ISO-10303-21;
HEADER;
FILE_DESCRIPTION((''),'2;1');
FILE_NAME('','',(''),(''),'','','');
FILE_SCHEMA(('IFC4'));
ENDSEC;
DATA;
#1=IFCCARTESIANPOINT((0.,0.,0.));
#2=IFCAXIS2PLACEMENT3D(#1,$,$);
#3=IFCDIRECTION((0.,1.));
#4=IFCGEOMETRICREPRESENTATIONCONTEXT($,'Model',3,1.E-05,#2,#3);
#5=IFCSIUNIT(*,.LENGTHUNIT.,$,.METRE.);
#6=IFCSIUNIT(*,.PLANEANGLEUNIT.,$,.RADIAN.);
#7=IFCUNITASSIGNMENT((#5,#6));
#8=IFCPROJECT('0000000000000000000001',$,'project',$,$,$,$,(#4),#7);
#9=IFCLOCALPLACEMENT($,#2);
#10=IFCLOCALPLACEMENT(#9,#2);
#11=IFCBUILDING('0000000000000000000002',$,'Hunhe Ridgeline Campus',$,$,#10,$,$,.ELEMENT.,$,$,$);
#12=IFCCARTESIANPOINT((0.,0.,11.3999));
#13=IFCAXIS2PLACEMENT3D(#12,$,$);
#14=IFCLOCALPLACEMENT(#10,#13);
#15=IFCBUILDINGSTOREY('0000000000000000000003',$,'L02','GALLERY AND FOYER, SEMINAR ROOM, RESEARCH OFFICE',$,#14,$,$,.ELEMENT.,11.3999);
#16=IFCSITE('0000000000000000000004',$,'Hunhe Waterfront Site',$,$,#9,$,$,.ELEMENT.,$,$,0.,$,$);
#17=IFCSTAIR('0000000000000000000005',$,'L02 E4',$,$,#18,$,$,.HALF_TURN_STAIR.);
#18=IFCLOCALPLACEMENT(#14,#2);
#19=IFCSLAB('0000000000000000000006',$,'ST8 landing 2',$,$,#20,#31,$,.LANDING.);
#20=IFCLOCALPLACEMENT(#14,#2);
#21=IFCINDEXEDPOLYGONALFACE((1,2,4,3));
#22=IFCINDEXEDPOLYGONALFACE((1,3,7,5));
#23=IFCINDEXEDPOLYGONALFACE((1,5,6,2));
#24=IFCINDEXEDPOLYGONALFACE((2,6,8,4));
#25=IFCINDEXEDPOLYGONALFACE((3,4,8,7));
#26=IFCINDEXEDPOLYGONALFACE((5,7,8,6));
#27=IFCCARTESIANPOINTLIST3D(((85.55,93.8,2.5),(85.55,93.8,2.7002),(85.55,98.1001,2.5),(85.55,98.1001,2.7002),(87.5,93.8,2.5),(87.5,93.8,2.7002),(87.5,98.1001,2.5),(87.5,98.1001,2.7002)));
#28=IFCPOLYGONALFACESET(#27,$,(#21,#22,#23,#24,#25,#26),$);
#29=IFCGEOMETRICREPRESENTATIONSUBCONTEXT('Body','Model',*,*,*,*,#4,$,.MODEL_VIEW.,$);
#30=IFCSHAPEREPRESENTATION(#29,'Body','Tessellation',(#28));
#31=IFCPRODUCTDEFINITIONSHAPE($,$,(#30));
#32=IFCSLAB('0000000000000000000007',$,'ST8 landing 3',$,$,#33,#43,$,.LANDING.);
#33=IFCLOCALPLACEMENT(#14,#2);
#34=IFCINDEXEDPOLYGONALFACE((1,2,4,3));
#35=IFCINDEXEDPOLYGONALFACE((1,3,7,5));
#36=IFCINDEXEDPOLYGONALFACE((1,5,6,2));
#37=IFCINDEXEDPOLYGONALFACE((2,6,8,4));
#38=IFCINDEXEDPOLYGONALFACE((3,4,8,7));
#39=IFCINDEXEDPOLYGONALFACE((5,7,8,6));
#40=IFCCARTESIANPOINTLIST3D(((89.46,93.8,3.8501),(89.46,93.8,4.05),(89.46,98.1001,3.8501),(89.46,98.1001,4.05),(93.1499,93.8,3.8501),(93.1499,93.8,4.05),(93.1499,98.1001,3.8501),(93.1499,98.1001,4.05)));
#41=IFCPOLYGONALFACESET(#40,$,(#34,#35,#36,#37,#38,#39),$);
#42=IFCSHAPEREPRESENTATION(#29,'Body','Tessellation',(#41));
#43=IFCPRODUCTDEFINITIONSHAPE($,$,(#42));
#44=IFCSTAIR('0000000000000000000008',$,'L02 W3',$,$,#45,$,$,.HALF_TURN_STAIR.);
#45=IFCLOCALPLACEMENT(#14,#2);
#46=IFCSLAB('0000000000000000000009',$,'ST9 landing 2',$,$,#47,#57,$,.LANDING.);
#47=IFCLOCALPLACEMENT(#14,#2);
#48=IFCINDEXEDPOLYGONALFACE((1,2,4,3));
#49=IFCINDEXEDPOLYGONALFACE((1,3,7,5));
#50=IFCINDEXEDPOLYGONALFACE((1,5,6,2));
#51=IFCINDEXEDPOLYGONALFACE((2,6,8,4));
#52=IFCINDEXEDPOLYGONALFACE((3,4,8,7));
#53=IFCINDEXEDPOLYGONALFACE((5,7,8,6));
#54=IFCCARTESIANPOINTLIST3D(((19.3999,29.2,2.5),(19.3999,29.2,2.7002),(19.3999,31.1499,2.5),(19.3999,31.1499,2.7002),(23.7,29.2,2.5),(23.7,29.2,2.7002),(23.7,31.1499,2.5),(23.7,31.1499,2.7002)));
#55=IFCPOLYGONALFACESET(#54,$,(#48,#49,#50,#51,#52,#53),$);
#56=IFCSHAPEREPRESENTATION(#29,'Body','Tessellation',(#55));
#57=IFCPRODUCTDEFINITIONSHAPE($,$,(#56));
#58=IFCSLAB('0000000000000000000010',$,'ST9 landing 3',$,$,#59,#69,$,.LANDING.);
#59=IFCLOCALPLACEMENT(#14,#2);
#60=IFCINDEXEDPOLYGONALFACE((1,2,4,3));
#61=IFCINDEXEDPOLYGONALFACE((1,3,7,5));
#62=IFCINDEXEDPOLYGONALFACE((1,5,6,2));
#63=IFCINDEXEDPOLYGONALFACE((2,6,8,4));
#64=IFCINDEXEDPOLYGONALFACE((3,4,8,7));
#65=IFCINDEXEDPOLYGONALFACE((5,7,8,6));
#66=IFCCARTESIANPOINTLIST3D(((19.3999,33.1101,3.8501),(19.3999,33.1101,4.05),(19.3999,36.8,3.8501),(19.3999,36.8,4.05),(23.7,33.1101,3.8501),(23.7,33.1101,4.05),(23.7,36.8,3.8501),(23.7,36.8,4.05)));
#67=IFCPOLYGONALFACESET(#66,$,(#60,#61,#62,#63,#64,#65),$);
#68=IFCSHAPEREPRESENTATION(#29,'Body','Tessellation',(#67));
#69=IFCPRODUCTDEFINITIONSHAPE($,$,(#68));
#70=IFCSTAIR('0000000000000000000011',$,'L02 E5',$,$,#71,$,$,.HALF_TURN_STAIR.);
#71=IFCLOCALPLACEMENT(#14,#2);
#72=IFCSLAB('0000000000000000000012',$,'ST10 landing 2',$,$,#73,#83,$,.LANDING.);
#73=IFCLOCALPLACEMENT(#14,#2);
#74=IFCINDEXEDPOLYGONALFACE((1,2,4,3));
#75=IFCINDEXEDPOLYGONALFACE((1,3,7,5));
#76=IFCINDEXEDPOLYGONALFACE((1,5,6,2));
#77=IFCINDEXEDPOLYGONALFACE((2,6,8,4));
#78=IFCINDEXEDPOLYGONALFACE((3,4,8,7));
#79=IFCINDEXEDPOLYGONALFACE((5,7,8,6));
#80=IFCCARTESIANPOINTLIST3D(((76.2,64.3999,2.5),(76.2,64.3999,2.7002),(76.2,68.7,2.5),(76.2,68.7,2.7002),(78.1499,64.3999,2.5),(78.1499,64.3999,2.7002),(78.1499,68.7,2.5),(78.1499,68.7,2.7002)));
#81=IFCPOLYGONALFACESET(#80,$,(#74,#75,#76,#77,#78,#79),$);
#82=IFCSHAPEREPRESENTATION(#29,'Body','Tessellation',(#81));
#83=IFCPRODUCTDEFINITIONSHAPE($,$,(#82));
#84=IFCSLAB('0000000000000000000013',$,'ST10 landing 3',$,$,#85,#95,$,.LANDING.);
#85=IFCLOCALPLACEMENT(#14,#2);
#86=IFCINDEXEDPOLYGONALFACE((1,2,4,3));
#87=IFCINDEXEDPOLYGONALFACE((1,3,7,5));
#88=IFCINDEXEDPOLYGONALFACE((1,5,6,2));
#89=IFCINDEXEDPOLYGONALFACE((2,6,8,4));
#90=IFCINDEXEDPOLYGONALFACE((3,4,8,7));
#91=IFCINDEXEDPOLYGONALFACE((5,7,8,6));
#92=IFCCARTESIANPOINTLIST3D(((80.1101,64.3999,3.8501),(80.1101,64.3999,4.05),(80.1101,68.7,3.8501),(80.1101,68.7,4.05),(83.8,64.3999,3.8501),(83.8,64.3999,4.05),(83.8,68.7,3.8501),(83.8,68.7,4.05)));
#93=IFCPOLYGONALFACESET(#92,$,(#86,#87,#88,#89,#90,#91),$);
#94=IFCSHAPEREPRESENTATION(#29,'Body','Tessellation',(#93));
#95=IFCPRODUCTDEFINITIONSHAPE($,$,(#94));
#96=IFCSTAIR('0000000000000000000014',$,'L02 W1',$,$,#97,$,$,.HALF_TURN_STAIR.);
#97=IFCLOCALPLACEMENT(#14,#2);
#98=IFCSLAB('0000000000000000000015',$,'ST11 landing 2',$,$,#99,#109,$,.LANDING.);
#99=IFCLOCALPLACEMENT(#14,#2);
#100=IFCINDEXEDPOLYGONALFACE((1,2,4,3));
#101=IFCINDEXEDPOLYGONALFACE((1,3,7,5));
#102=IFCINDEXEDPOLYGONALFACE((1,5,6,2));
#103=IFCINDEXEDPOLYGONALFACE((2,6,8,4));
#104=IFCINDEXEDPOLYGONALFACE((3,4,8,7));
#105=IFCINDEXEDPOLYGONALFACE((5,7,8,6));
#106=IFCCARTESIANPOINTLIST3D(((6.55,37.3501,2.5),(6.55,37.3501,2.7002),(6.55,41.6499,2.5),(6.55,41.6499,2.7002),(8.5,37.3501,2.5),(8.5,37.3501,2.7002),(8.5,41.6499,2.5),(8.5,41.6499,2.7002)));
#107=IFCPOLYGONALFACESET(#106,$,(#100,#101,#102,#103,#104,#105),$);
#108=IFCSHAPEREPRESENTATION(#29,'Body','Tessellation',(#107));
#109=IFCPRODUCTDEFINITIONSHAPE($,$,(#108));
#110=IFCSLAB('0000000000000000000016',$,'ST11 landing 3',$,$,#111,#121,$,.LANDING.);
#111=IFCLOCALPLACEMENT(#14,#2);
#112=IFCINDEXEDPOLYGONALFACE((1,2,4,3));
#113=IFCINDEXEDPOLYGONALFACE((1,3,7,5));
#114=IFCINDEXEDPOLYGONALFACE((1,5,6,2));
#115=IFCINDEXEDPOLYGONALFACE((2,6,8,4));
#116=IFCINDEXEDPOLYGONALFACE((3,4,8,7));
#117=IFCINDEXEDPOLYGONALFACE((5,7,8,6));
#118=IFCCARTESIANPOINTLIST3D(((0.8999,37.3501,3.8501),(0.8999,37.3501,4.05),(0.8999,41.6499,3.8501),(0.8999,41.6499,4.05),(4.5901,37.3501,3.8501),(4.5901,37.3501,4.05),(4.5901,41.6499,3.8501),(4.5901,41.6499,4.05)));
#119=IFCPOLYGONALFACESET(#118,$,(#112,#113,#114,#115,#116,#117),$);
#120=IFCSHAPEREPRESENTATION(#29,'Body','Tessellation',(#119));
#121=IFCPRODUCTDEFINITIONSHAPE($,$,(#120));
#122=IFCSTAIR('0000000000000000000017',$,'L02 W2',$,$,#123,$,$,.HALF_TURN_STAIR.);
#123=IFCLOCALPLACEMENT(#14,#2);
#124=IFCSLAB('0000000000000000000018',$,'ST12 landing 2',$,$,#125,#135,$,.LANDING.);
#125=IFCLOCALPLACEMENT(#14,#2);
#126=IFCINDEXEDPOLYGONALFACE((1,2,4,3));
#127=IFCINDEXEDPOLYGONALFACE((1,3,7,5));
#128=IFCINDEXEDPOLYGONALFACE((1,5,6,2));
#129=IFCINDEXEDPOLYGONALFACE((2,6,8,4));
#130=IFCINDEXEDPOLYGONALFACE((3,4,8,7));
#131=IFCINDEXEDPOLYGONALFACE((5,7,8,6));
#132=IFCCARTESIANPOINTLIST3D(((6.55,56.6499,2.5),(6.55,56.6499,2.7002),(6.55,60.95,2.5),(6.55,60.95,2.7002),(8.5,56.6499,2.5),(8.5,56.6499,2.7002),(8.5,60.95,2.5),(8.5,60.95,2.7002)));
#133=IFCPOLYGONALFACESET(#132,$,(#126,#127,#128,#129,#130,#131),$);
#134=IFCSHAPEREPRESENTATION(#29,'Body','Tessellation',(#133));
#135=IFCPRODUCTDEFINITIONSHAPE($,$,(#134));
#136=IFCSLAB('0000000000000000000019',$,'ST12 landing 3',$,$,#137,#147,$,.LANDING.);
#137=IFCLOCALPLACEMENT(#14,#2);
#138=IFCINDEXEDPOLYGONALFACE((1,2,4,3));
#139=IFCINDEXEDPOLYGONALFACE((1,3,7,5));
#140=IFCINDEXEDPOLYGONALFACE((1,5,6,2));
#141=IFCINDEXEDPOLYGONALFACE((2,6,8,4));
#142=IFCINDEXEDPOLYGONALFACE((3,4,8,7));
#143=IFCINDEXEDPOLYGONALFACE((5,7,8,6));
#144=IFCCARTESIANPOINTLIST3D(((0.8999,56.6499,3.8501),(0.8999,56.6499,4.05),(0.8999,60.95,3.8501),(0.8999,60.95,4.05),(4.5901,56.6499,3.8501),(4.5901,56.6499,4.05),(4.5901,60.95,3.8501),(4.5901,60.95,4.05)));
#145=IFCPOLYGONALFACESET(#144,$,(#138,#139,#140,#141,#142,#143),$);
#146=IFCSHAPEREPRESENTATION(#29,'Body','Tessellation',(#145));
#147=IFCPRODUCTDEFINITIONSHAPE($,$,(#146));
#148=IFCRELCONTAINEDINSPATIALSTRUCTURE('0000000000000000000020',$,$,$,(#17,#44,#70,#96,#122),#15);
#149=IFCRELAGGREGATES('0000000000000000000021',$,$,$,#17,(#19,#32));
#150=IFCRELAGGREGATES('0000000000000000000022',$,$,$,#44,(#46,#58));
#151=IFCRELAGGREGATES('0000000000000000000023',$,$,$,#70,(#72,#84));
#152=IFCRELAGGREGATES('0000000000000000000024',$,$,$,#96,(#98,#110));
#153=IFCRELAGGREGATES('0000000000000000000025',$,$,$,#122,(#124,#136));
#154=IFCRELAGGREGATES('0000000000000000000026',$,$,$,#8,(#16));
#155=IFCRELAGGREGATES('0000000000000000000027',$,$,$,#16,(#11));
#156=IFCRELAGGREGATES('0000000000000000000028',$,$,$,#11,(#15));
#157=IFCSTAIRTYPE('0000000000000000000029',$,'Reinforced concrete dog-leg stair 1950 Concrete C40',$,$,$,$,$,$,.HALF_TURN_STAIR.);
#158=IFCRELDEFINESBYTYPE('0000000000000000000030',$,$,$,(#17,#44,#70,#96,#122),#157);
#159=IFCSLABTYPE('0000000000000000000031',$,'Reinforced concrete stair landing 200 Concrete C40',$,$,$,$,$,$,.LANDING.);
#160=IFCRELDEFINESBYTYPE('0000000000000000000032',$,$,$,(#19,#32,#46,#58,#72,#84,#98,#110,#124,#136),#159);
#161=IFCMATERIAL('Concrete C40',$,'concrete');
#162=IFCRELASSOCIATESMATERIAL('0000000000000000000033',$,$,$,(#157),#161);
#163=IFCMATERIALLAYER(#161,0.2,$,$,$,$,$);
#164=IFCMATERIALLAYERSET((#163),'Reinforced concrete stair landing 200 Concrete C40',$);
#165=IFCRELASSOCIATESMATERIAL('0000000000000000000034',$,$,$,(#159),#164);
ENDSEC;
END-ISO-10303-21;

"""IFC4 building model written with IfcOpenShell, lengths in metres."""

from ifc_helpers import new_model, si_unit, direction, frame, origin, place, context, subcontext, project, spatial, polyline, outline, extrude, material, layer, layer_set, type_object, element, aggregate, save


model = new_model("IFC4")

# Units and contexts
model_context = context("Model", 3, precision=1e-05, world=origin(), true_north=direction((0.0, 1.0)))
body_context = subcontext(model_context, "Body", "Model", "MODEL_VIEW")
ifc_project = project(units=[si_unit("LENGTHUNIT", "METRE"), si_unit("PLANEANGLEUNIT", "RADIAN")], contexts=[model_context])

# Site, building, storey
site_placement = place(None, origin())
site = spatial("IfcSite", under=ifc_project, at=site_placement, Name="Hunhe Waterfront Site", CompositionType="ELEMENT", RefElevation=0.0)
building_placement = place(site_placement, origin())
building = spatial("IfcBuilding", under=site, at=building_placement, Name="Hunhe Ridgeline Campus", CompositionType="ELEMENT")
storey_placement = place(building_placement, frame((0.0, 0.0, 11.3999)))
storey = spatial("IfcBuildingStorey", under=building, at=storey_placement, Name="L02", Description="GALLERY AND FOYER, SEMINAR ROOM, RESEARCH OFFICE", CompositionType="ELEMENT", Elevation=11.3999)

# Shared definitions
ifc_material = material(Name="Concrete C40", Category="concrete")

# Shared definitions
stair_type_1 = type_object("IfcStairType", Name="Reinforced concrete dog-leg stair 1950 Concrete C40", PredefinedType="HALF_TURN_STAIR", material=ifc_material)
ifc_layer_1 = layer(ifc_material, 0.2)
ifc_layer_set_1 = layer_set([ifc_layer_1], Name="Reinforced concrete stair landing 200 Concrete C40")
slab_type_1 = type_object("IfcSlabType", Name="Reinforced concrete stair landing 200 Concrete C40", PredefinedType="LANDING", material=ifc_layer_set_1)

# Stairs, slabs
stair_1_placement = place(storey_placement, origin())
stair_1 = element("IfcStair", 1, at=stair_1_placement, inside=storey, type_object=stair_type_1, Name="L02 E4", PredefinedType="HALF_TURN_STAIR")
slab_1_placement = place(storey_placement, frame((0.0, 0.0, 2.5)))
slab_1 = element("IfcSlab", 2, at=slab_1_placement, type_object=slab_type_1, Name="ST8 landing 2", PredefinedType="LANDING", context=body_context, shape_type="SweptSolid", body=[
    extrude(outline(polyline([(85.55, 93.8), (87.5, 93.8), (87.5, 98.1001), (85.55, 98.1001), (85.55, 93.8)])), origin(), (0.0, 0.0, 1.0), 0.2002),
])
slab_2_placement = place(storey_placement, frame((0.0, 0.0, 3.8501)))
slab_2 = element("IfcSlab", 3, at=slab_2_placement, type_object=slab_type_1, Name="ST8 landing 3", PredefinedType="LANDING", context=body_context, shape_type="SweptSolid", body=[
    extrude(outline(polyline([(89.46, 93.8), (93.1499, 93.8), (93.1499, 98.1001), (89.46, 98.1001), (89.46, 93.8)])), origin(), (0.0, 0.0, 1.0), 0.2),
])
aggregate(stair_1, [slab_1, slab_2])
stair_2_placement = place(storey_placement, origin())
stair_2 = element("IfcStair", 4, at=stair_2_placement, inside=storey, type_object=stair_type_1, Name="L02 W3", PredefinedType="HALF_TURN_STAIR")
slab_3_placement = place(storey_placement, frame((0.0, 0.0, 2.5)))
slab_3 = element("IfcSlab", 5, at=slab_3_placement, type_object=slab_type_1, Name="ST9 landing 2", PredefinedType="LANDING", context=body_context, shape_type="SweptSolid", body=[
    extrude(outline(polyline([(23.7, 29.2), (23.7, 31.1499), (19.3999, 31.1499), (19.3999, 29.2), (23.7, 29.2)])), origin(), (0.0, 0.0, 1.0), 0.2002),
])
slab_4_placement = place(storey_placement, frame((0.0, 0.0, 3.8501)))
slab_4 = element("IfcSlab", 6, at=slab_4_placement, type_object=slab_type_1, Name="ST9 landing 3", PredefinedType="LANDING", context=body_context, shape_type="SweptSolid", body=[
    extrude(outline(polyline([(23.7, 33.1101), (23.7, 36.8), (19.3999, 36.8), (19.3999, 33.1101), (23.7, 33.1101)])), origin(), (0.0, 0.0, 1.0), 0.2),
])
aggregate(stair_2, [slab_3, slab_4])
stair_3_placement = place(storey_placement, origin())
stair_3 = element("IfcStair", 7, at=stair_3_placement, inside=storey, type_object=stair_type_1, Name="L02 E5", PredefinedType="HALF_TURN_STAIR")
slab_5_placement = place(storey_placement, frame((0.0, 0.0, 2.5)))
slab_5 = element("IfcSlab", 8, at=slab_5_placement, type_object=slab_type_1, Name="ST10 landing 2", PredefinedType="LANDING", context=body_context, shape_type="SweptSolid", body=[
    extrude(outline(polyline([(76.2, 64.3999), (78.1499, 64.3999), (78.1499, 68.7), (76.2, 68.7), (76.2, 64.3999)])), origin(), (0.0, 0.0, 1.0), 0.2002),
])
slab_6_placement = place(storey_placement, frame((0.0, 0.0, 3.8501)))
slab_6 = element("IfcSlab", 9, at=slab_6_placement, type_object=slab_type_1, Name="ST10 landing 3", PredefinedType="LANDING", context=body_context, shape_type="SweptSolid", body=[
    extrude(outline(polyline([(80.1101, 64.3999), (83.8, 64.3999), (83.8, 68.7), (80.1101, 68.7), (80.1101, 64.3999)])), origin(), (0.0, 0.0, 1.0), 0.2),
])
aggregate(stair_3, [slab_5, slab_6])
stair_4_placement = place(storey_placement, origin())
stair_4 = element("IfcStair", 10, at=stair_4_placement, inside=storey, type_object=stair_type_1, Name="L02 W1", PredefinedType="HALF_TURN_STAIR")
slab_7_placement = place(storey_placement, frame((0.0, 0.0, 2.5)))
slab_7 = element("IfcSlab", 11, at=slab_7_placement, type_object=slab_type_1, Name="ST11 landing 2", PredefinedType="LANDING", context=body_context, shape_type="SweptSolid", body=[
    extrude(outline(polyline([(8.5, 41.6499), (6.55, 41.6499), (6.55, 37.3501), (8.5, 37.3501), (8.5, 41.6499)])), origin(), (0.0, 0.0, 1.0), 0.2002),
])
slab_8_placement = place(storey_placement, frame((0.0, 0.0, 3.8501)))
slab_8 = element("IfcSlab", 12, at=slab_8_placement, type_object=slab_type_1, Name="ST11 landing 3", PredefinedType="LANDING", context=body_context, shape_type="SweptSolid", body=[
    extrude(outline(polyline([(4.5901, 41.6499), (0.8999, 41.6499), (0.8999, 37.3501), (4.5901, 37.3501), (4.5901, 41.6499)])), origin(), (0.0, 0.0, 1.0), 0.2),
])
aggregate(stair_4, [slab_7, slab_8])
stair_5_placement = place(storey_placement, origin())
stair_5 = element("IfcStair", 13, at=stair_5_placement, inside=storey, type_object=stair_type_1, Name="L02 W2", PredefinedType="HALF_TURN_STAIR")
slab_9_placement = place(storey_placement, frame((0.0, 0.0, 2.5)))
slab_9 = element("IfcSlab", 14, at=slab_9_placement, type_object=slab_type_1, Name="ST12 landing 2", PredefinedType="LANDING", context=body_context, shape_type="SweptSolid", body=[
    extrude(outline(polyline([(8.5, 60.95), (6.55, 60.95), (6.55, 56.6499), (8.5, 56.6499), (8.5, 60.95)])), origin(), (0.0, 0.0, 1.0), 0.2002),
])
slab_10_placement = place(storey_placement, frame((0.0, 0.0, 3.8501)))
slab_10 = element("IfcSlab", 15, at=slab_10_placement, type_object=slab_type_1, Name="ST12 landing 3", PredefinedType="LANDING", context=body_context, shape_type="SweptSolid", body=[
    extrude(outline(polyline([(4.5901, 60.95), (0.8999, 60.95), (0.8999, 56.6499), (4.5901, 56.6499), (4.5901, 60.95)])), origin(), (0.0, 0.0, 1.0), 0.2),
])
aggregate(stair_5, [slab_9, slab_10])

save(model, "model.ifc")
